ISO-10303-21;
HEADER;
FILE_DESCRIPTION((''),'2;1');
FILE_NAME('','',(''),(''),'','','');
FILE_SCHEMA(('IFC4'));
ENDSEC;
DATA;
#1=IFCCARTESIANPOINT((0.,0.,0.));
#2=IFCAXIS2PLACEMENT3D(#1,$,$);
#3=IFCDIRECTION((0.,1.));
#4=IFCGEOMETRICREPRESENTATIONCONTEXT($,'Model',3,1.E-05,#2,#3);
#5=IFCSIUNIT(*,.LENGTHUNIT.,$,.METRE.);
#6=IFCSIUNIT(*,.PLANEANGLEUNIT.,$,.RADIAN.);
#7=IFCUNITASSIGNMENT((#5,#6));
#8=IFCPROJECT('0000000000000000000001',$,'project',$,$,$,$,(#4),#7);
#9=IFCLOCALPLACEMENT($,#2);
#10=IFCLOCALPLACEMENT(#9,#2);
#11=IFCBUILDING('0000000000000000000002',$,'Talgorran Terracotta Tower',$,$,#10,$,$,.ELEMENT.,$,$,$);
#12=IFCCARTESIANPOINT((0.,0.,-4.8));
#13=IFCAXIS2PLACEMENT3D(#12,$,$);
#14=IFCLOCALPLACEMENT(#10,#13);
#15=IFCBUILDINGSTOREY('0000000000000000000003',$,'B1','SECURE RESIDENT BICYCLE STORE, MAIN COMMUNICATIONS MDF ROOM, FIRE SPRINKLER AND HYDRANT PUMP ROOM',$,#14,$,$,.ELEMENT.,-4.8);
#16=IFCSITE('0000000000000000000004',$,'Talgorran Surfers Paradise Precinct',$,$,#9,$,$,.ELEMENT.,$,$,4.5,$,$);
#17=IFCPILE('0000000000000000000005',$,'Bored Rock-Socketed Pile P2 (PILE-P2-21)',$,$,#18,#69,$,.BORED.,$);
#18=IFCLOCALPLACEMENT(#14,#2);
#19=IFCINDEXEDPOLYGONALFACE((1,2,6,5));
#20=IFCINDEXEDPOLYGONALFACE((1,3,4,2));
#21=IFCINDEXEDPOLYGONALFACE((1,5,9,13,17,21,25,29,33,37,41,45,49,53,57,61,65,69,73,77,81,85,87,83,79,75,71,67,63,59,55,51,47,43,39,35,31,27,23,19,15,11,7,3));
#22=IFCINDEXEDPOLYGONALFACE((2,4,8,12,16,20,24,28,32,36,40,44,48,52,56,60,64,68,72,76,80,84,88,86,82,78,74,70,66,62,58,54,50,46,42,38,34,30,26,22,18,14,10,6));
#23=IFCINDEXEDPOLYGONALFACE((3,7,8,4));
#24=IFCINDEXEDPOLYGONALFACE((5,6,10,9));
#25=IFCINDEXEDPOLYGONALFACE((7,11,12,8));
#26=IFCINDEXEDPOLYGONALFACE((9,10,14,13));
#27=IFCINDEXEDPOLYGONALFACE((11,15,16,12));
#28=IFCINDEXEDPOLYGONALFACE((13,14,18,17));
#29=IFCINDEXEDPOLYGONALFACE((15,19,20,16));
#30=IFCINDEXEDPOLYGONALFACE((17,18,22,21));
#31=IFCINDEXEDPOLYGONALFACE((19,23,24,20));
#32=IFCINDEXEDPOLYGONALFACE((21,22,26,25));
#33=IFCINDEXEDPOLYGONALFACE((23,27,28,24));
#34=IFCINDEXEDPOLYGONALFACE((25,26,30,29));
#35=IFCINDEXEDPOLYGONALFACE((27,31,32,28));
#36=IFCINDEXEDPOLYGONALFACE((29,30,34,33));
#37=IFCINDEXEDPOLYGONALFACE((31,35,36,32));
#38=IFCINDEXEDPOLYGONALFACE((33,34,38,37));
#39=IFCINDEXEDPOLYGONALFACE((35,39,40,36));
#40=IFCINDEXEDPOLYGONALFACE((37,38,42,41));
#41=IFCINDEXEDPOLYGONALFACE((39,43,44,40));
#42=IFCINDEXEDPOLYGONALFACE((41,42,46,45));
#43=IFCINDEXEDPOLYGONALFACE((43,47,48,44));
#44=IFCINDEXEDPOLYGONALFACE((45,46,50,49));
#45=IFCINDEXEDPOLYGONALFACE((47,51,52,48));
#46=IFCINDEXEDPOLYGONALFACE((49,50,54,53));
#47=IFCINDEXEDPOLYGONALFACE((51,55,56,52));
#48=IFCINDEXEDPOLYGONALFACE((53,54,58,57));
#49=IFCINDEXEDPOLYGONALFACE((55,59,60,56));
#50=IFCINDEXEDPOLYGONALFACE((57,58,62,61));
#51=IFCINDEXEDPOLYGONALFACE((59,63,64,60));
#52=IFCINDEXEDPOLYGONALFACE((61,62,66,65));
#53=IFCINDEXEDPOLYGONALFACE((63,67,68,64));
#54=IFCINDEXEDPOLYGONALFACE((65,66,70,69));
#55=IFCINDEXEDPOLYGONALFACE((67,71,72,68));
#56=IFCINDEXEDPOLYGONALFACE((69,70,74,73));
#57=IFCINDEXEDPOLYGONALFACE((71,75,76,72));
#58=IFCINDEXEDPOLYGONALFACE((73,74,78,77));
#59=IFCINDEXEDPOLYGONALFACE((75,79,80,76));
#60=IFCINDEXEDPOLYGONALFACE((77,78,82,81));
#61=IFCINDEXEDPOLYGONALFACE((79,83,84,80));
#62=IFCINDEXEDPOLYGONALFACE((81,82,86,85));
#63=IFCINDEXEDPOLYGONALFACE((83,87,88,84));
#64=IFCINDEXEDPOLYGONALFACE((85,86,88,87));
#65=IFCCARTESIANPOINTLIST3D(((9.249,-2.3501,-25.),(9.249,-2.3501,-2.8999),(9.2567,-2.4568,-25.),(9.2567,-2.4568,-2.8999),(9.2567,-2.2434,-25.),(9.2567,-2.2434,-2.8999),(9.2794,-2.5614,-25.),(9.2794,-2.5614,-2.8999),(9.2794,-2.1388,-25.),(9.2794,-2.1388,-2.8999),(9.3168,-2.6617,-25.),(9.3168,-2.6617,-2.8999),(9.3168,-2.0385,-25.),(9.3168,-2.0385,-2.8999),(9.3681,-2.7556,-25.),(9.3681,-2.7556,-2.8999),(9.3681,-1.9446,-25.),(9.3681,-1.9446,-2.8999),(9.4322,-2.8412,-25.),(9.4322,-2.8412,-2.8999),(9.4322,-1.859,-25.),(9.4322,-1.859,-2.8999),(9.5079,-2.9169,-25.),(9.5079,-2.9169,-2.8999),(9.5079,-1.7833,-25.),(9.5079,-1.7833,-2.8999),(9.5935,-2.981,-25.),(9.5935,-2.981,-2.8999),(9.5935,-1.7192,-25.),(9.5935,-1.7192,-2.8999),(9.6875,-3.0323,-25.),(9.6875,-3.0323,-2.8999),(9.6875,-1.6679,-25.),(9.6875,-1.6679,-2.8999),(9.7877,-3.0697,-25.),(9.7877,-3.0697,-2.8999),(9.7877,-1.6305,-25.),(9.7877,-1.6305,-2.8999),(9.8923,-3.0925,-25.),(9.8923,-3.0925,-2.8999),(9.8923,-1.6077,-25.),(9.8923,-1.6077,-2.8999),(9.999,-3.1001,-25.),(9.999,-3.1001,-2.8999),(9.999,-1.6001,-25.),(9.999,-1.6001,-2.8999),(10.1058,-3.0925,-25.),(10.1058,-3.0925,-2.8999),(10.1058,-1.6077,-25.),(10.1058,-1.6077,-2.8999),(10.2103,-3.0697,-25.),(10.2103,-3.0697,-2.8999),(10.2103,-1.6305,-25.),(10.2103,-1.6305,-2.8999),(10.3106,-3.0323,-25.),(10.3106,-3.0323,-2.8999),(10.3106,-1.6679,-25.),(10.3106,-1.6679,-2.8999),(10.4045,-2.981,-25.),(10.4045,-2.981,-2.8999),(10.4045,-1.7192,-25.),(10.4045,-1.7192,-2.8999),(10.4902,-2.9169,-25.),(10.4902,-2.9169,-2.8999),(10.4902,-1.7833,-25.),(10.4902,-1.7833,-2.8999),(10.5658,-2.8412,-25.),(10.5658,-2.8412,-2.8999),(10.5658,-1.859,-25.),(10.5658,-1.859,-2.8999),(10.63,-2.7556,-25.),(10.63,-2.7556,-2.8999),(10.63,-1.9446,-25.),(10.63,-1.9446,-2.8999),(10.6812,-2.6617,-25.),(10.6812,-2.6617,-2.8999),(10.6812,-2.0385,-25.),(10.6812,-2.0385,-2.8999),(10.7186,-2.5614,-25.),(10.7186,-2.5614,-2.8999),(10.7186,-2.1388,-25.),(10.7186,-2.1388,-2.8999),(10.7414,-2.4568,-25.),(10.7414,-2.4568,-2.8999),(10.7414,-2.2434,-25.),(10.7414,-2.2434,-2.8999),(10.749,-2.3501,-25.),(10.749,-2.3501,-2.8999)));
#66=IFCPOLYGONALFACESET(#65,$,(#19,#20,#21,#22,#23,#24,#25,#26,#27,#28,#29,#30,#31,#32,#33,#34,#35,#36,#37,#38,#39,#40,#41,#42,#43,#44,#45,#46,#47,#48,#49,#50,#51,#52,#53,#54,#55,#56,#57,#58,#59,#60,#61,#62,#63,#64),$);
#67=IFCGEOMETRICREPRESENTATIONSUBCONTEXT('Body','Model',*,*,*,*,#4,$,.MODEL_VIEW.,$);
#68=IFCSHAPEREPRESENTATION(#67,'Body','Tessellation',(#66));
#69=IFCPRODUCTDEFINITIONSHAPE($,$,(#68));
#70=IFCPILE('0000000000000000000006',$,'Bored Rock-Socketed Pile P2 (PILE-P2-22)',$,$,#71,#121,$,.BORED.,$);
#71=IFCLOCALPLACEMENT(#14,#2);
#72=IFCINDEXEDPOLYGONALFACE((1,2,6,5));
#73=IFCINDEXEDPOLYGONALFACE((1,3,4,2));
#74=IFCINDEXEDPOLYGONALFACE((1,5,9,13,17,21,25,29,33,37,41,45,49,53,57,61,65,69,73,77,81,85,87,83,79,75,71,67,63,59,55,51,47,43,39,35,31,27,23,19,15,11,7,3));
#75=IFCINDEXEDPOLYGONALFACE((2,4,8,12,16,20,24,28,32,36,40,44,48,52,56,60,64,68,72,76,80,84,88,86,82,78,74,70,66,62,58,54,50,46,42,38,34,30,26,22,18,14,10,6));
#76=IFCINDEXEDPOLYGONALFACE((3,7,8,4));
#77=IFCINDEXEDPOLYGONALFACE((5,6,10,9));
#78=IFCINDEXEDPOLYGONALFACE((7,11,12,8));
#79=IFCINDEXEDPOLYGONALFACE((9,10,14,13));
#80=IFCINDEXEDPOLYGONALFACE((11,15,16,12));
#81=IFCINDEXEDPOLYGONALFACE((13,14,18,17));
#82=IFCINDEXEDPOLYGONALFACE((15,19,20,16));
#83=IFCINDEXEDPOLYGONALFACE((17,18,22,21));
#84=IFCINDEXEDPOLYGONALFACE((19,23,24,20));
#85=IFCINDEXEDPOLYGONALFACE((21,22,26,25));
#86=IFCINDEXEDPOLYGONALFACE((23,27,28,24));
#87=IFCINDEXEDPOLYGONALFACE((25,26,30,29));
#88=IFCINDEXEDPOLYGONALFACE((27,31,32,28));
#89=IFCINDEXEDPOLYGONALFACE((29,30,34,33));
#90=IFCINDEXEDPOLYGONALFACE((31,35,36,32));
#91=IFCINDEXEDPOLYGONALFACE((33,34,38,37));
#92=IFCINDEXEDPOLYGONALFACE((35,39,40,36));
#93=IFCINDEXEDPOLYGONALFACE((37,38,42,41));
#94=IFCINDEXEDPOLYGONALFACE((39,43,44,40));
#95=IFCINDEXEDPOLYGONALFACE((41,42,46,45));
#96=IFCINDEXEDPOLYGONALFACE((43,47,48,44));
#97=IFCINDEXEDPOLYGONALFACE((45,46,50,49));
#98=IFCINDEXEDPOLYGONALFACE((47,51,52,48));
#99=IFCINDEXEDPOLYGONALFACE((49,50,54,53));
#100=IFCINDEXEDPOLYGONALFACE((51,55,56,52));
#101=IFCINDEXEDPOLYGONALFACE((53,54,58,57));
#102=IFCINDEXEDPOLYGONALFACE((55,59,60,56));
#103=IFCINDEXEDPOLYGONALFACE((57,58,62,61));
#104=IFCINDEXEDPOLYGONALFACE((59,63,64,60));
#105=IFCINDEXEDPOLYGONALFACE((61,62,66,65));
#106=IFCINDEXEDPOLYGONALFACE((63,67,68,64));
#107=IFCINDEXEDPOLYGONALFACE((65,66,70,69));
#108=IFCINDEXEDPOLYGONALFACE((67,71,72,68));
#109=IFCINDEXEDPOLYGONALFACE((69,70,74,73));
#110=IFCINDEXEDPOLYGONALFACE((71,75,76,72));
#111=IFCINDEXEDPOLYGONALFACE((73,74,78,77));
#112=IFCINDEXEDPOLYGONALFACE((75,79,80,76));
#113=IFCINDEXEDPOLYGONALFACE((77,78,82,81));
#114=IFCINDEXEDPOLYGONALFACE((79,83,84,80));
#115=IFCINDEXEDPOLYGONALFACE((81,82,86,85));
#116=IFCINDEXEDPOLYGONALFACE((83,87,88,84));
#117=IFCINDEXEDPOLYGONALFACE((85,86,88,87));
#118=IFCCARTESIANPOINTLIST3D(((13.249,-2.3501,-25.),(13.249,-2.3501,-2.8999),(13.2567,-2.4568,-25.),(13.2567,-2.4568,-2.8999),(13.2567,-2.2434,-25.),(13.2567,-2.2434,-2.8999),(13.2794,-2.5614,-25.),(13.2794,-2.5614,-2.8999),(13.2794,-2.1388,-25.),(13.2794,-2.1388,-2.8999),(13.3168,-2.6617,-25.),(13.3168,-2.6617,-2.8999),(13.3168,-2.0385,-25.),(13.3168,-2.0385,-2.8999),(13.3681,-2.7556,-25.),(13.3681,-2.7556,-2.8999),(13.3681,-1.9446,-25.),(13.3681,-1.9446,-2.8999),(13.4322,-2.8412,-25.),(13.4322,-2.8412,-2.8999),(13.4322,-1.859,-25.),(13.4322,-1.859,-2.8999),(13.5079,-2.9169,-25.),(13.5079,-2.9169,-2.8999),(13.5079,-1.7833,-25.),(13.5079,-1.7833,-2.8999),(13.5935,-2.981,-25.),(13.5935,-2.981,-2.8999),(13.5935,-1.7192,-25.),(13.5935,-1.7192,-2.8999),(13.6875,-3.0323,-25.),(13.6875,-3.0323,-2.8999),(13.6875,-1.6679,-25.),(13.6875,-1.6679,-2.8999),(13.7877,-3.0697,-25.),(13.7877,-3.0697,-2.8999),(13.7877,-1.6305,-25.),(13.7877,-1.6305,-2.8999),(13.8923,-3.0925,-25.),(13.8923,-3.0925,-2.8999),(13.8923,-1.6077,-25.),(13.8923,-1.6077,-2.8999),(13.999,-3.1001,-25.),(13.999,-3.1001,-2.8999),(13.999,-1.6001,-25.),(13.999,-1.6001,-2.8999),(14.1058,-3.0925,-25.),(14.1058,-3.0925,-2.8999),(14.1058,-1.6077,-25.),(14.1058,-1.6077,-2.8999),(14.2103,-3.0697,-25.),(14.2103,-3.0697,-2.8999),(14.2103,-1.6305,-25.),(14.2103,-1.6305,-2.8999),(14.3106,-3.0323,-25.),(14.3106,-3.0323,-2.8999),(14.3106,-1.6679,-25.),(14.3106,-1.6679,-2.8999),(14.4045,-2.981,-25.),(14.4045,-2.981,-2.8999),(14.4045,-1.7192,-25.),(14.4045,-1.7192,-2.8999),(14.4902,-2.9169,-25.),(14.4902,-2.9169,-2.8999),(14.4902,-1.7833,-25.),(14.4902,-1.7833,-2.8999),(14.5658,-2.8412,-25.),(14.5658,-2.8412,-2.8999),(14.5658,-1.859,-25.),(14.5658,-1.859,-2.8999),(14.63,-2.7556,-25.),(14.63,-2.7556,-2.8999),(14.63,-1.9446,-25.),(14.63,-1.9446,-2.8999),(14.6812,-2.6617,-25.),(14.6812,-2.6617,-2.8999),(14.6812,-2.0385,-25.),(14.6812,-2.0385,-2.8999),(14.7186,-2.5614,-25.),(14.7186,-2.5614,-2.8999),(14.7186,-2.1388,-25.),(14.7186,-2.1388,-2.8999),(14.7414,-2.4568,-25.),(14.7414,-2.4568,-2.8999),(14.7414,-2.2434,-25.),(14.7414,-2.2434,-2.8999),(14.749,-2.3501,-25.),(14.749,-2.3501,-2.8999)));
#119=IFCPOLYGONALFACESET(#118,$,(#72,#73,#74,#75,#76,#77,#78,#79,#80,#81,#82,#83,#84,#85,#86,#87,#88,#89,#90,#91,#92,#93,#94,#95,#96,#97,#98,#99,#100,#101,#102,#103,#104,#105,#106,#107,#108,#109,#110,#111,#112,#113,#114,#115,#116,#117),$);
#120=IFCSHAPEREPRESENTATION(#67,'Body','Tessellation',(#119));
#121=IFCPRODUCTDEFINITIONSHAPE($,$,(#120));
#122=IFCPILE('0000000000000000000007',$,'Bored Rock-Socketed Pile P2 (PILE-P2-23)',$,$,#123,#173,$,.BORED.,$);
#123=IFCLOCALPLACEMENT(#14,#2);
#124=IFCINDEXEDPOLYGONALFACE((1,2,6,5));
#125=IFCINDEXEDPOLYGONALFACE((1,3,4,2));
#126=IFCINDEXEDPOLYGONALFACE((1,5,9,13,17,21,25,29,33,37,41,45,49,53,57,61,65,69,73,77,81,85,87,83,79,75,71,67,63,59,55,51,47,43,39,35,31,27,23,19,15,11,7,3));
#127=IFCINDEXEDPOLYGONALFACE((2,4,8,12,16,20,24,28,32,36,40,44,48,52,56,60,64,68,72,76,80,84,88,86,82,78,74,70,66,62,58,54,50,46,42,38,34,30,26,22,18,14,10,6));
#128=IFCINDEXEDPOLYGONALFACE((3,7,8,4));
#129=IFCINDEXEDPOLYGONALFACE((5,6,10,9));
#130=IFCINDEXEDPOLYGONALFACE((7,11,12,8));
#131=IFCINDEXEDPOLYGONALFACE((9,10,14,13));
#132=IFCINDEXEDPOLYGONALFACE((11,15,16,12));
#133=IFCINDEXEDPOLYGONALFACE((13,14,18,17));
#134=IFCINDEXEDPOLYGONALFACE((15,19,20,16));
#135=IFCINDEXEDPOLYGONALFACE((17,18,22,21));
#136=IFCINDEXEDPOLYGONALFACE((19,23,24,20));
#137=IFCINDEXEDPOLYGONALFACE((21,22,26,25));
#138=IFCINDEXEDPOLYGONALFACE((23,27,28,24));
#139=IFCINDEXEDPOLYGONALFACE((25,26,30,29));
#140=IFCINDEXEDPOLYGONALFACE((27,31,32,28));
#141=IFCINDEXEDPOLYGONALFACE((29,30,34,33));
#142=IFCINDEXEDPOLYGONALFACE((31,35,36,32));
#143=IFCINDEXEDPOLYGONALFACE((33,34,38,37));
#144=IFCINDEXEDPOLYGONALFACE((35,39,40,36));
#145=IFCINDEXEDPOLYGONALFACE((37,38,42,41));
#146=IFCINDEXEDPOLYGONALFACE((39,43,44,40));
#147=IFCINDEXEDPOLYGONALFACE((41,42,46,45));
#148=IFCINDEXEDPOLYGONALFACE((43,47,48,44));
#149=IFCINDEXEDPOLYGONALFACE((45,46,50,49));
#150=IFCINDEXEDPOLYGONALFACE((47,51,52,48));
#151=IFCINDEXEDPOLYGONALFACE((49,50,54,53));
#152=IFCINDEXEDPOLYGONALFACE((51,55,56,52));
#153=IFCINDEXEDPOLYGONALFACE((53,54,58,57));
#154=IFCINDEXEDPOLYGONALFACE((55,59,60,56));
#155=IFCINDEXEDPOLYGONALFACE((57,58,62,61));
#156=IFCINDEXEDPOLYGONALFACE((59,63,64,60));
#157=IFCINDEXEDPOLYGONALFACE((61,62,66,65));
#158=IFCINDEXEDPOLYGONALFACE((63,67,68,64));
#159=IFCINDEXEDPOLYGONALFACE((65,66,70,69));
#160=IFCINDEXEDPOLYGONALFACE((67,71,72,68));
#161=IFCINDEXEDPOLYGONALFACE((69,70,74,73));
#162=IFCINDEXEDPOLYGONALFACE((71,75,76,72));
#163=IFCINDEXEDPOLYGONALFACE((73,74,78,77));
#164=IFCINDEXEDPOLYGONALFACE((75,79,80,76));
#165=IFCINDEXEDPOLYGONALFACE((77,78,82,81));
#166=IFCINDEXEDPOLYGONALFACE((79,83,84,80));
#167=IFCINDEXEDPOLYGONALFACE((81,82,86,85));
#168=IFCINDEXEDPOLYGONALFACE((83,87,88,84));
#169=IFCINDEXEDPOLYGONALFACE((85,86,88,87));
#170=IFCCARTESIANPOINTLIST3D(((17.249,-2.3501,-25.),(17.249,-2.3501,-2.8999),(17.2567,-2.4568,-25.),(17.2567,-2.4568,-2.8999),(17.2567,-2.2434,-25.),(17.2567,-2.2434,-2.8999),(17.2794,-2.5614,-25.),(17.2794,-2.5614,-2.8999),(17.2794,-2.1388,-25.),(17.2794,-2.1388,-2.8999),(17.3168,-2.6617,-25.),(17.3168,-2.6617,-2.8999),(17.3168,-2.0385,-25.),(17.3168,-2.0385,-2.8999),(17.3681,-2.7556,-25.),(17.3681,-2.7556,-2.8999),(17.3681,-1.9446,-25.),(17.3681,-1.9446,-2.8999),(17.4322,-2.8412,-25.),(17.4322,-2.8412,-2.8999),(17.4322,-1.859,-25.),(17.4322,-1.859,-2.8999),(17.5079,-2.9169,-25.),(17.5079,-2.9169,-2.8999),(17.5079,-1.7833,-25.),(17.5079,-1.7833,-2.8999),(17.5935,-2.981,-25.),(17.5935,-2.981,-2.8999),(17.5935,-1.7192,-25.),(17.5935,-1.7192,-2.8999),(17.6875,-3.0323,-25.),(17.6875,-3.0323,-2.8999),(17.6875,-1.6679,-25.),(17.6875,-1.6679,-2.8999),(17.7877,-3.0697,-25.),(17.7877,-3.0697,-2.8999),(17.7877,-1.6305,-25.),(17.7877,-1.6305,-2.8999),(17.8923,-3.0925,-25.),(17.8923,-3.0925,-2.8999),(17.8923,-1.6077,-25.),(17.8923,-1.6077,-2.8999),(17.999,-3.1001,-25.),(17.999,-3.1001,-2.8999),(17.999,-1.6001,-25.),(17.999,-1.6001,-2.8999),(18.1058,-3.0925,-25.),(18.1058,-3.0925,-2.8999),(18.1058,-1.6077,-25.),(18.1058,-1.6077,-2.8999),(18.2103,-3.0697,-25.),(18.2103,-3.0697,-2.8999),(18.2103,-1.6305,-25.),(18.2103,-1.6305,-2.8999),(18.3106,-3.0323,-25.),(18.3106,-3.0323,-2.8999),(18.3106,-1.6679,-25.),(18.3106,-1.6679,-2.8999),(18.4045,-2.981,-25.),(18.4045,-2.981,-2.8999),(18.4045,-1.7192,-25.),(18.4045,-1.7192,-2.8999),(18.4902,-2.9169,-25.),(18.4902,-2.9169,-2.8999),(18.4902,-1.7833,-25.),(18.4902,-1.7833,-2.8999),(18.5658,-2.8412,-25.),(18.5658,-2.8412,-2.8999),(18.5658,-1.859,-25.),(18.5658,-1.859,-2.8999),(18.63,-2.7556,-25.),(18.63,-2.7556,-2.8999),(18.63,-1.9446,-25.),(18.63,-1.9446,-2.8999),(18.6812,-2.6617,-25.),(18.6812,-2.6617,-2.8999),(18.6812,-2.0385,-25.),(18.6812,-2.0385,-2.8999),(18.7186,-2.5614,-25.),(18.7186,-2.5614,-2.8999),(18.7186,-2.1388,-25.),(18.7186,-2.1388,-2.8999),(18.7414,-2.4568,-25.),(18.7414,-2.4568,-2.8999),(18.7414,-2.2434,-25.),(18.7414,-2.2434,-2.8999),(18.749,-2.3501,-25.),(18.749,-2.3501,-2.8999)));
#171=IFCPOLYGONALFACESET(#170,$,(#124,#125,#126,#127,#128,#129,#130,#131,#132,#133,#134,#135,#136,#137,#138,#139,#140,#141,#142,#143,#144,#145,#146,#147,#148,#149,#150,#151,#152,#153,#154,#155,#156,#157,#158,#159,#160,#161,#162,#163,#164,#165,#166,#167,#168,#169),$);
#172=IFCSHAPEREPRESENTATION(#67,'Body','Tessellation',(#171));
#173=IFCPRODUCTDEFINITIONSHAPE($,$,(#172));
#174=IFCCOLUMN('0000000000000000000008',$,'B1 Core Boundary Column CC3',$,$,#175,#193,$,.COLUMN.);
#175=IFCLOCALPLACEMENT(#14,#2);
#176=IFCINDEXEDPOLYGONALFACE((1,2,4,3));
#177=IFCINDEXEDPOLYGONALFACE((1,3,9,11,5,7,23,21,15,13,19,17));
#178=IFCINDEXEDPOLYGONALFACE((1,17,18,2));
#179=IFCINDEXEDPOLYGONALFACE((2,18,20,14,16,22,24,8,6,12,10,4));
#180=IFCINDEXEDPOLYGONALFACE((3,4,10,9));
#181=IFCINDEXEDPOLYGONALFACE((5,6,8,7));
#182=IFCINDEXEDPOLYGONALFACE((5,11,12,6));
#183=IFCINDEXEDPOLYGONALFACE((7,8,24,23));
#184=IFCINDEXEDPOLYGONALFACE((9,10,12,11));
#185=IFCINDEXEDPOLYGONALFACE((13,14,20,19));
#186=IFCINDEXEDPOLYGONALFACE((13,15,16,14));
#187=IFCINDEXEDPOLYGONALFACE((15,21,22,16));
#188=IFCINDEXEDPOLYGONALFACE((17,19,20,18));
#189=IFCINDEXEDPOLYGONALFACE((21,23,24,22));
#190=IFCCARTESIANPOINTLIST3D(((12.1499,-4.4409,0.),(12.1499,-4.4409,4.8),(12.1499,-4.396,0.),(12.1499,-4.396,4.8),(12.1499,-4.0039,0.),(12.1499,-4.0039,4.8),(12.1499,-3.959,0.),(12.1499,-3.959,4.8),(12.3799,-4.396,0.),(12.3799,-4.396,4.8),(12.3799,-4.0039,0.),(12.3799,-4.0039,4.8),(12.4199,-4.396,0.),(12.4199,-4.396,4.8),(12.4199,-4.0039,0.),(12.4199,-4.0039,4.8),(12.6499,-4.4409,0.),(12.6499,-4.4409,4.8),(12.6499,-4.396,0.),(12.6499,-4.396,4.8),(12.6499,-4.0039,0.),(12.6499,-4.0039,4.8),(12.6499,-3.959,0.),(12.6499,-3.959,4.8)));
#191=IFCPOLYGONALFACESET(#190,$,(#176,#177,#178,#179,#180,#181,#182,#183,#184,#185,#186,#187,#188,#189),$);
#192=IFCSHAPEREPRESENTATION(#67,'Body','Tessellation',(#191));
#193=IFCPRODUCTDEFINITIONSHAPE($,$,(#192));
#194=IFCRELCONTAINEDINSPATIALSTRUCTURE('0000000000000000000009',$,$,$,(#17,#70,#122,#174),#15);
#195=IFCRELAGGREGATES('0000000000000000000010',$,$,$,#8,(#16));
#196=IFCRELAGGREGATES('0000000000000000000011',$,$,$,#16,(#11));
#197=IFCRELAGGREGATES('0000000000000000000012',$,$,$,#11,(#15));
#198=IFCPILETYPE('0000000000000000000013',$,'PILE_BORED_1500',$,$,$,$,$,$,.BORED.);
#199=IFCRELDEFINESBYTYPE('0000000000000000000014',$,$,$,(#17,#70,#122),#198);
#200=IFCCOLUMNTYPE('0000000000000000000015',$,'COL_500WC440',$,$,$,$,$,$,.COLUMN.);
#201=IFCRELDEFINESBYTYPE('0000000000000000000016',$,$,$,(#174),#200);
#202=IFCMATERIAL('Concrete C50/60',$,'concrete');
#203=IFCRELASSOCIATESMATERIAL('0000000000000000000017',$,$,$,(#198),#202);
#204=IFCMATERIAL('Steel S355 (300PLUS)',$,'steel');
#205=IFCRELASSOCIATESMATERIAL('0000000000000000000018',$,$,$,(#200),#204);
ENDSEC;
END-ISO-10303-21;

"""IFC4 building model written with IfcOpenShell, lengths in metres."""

from ifc_helpers import new_model, si_unit, direction, frame, origin, origin_2d, place, context, subcontext, project, spatial, circle, i_section, extrude, material, material_profile, profile_set, type_object, element, save


model = new_model("IFC4")

# Units and contexts
model_context = context("Model", 3, precision=1e-05, world=origin(), true_north=direction((0.0, 1.0)))
body_context = subcontext(model_context, "Body", "Model", "MODEL_VIEW")
ifc_project = project(units=[si_unit("LENGTHUNIT", "METRE"), si_unit("PLANEANGLEUNIT", "RADIAN")], contexts=[model_context])

# Site, building, storey
site_placement = place(None, origin())
site = spatial("IfcSite", under=ifc_project, at=site_placement, Name="Talgorran Surfers Paradise Precinct", CompositionType="ELEMENT", RefElevation=4.5)
building_placement = place(site_placement, origin())
building = spatial("IfcBuilding", under=site, at=building_placement, Name="Talgorran Terracotta Tower", CompositionType="ELEMENT")
storey_placement = place(building_placement, frame((0.0, 0.0, -4.8)))
storey = spatial("IfcBuildingStorey", under=building, at=storey_placement, Name="B1", Description="SECURE RESIDENT BICYCLE STORE, MAIN COMMUNICATIONS MDF ROOM, FIRE SPRINKLER AND HYDRANT PUMP ROOM", CompositionType="ELEMENT", Elevation=-4.8)

# Piles
ifc_material_1 = material(Name="Concrete C50/60", Category="concrete")
ifc_material_profile_1 = material_profile(ifc_material_1, circle(Radius=0.75, at=origin_2d()), Name="PILE1500")
ifc_profile_set_1 = profile_set([ifc_material_profile_1], Name="Concrete C50/60")
pile_type = type_object("IfcPileType", Name="PILE_BORED_1500", PredefinedType="BORED", material=ifc_profile_set_1)
for number, where, z_axis, x_axis, name in (
    (1, (9.999, -2.3501, -2.8999), (0.0, 0.0, -1.0), (1.0, 0.0, 0.0), "Bored Rock-Socketed Pile P2 (PILE-P2-21)"),
    (2, (13.999, -2.3501, -2.8999), (0.0, 0.0, -1.0), (1.0, 0.0, 0.0), "Bored Rock-Socketed Pile P2 (PILE-P2-22)"),
    (3, (17.999, -2.3501, -2.8999), (0.0, 0.0, -1.0), (1.0, 0.0, 0.0), "Bored Rock-Socketed Pile P2 (PILE-P2-23)"),
):
    element("IfcPile", number, at=place(storey_placement, frame(where, z_axis=z_axis, x_axis=x_axis)), inside=storey, type_object=pile_type, Name=name, PredefinedType="BORED", context=body_context, shape_type="SweptSolid", body=[
        extrude(circle(Radius=0.75, at=origin_2d()), origin(), (0.0, 0.0, 1.0), 22.1001),
    ])

# Column
ifc_material_2 = material(Name="Steel S355 (300PLUS)", Category="steel")
ifc_material_profile_2 = material_profile(ifc_material_2, i_section(OverallWidth=0.5, OverallDepth=0.4819, WebThickness=0.04, FlangeThickness=0.0449, at=origin_2d()), Name="500WC440")
ifc_profile_set_2 = profile_set([ifc_material_profile_2], Name="Steel S355 (300PLUS)")
column_type_1 = type_object("IfcColumnType", Name="COL_500WC440", PredefinedType="COLUMN", material=ifc_profile_set_2)
column_1_placement = place(storey_placement, frame((12.3999, -4.2, 0.0), z_axis=(0.0, 0.0, 1.0), x_axis=(1.0, 0.0, 0.0)))
element("IfcColumn", 4, at=column_1_placement, inside=storey, type_object=column_type_1, Name="B1 Core Boundary Column CC3", PredefinedType="COLUMN", context=body_context, shape_type="SweptSolid", body=[
    extrude(i_section(OverallWidth=0.5, OverallDepth=0.4819, WebThickness=0.04, FlangeThickness=0.0449, at=origin_2d()), origin(), (0.0, 0.0, 1.0), 4.8),
])

save(model, "model.ifc")
